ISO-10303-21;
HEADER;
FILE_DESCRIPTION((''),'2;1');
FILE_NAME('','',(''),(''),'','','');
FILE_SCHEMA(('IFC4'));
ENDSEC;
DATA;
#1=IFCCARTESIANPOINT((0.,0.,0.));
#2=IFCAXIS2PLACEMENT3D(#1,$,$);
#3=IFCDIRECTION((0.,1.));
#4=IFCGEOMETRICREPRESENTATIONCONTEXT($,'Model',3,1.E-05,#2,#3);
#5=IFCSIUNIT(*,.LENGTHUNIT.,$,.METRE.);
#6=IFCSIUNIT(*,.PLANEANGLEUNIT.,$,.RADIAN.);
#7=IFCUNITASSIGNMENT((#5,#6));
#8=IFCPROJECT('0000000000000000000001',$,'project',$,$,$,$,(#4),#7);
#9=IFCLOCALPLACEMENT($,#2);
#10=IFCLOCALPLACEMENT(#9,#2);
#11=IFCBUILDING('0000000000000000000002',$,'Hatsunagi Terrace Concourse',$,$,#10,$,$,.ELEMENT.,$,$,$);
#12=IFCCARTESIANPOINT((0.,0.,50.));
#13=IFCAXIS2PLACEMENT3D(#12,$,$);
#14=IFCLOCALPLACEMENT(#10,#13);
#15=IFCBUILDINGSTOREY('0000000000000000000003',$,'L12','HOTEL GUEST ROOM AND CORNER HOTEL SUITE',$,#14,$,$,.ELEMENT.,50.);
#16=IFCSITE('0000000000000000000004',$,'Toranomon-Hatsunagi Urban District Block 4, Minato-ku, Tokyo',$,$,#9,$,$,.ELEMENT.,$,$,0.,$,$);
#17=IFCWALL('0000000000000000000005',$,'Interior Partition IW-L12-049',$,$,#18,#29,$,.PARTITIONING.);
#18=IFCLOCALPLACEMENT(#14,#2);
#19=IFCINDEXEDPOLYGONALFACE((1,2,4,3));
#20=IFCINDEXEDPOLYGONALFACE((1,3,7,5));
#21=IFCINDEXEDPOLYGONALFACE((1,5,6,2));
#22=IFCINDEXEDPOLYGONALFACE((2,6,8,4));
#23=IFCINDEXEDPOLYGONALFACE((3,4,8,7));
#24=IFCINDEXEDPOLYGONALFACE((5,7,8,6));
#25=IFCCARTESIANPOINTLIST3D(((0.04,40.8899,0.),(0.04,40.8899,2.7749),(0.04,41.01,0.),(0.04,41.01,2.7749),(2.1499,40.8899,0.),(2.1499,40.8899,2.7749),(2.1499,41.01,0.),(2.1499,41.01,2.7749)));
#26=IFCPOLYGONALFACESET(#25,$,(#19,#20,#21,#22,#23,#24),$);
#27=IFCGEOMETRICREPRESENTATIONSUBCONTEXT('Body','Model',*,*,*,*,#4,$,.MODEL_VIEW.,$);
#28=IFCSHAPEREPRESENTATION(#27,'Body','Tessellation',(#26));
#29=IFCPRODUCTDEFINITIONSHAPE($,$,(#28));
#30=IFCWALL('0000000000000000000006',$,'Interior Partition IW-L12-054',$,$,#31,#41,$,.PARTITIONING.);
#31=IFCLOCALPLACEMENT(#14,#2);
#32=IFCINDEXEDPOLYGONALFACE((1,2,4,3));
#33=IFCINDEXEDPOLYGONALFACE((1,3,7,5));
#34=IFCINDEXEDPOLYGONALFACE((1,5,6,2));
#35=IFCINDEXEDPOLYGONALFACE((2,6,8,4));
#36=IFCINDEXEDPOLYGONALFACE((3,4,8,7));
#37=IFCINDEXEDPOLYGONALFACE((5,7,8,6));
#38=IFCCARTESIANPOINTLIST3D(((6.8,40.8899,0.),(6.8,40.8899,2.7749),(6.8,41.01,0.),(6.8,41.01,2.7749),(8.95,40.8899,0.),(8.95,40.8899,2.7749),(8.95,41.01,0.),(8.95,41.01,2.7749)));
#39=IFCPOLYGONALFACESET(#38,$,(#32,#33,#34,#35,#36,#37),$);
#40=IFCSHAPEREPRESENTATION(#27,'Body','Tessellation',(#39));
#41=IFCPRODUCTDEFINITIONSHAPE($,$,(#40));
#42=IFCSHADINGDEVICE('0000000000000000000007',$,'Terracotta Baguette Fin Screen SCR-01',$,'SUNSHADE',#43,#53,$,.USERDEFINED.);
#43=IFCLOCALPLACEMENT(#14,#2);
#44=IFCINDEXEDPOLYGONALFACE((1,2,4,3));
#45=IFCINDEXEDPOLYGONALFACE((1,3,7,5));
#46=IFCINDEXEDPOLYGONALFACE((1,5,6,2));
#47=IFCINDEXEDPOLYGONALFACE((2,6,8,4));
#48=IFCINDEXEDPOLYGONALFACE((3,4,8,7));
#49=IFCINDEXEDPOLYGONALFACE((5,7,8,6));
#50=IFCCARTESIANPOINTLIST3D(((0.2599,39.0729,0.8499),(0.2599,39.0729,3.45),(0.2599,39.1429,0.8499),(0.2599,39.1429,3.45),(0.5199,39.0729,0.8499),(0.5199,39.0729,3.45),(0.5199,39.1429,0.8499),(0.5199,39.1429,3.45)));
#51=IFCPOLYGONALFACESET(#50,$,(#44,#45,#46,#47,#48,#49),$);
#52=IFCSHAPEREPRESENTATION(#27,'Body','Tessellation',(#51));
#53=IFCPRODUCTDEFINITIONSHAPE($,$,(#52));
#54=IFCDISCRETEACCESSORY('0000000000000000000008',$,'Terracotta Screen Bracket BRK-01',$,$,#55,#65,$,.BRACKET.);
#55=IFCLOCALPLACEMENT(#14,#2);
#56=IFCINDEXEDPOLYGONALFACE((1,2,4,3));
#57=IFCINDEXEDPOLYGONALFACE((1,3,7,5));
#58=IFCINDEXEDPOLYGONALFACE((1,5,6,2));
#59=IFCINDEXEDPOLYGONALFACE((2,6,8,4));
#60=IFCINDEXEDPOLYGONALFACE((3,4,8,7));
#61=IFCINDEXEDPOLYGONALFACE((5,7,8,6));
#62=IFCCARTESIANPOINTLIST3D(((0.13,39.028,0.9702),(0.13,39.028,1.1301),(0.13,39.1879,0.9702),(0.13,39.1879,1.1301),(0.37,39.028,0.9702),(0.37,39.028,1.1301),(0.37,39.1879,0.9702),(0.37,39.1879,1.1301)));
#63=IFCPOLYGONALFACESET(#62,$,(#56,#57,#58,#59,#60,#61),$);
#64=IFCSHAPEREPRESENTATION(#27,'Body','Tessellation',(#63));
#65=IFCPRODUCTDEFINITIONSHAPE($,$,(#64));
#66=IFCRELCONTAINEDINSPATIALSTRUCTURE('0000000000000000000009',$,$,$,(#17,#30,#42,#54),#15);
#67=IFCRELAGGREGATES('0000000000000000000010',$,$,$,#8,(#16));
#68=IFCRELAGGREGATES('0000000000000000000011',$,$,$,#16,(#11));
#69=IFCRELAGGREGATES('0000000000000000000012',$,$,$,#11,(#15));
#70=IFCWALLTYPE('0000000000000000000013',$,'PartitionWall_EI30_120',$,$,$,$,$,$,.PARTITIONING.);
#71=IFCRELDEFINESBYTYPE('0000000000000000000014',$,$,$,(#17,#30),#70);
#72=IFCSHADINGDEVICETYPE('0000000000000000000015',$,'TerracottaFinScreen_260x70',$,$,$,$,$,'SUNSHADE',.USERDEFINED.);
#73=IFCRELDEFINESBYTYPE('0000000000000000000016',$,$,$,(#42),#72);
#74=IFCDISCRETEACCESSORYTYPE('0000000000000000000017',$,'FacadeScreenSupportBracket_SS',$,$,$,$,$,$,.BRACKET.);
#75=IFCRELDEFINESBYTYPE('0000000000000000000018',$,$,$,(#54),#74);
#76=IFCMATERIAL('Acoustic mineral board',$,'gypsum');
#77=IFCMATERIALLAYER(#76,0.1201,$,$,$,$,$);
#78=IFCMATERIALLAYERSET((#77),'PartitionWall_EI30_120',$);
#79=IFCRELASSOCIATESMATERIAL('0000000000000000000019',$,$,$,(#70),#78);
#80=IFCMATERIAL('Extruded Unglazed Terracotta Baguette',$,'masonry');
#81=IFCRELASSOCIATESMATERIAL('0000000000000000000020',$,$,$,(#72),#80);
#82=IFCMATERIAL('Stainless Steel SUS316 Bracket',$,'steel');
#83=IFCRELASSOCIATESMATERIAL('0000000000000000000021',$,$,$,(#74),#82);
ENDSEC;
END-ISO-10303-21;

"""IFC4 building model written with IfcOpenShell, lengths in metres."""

from ifc_helpers import new_model, si_unit, direction, frame, frame_2d, origin, origin_2d, place, context, subcontext, project, spatial, rectangle, extrude, material, layer, layer_set, type_object, element, save


model = new_model("IFC4")

# Units and contexts
model_context = context("Model", 3, precision=1e-05, world=origin(), true_north=direction((0.0, 1.0)))
body_context = subcontext(model_context, "Body", "Model", "MODEL_VIEW")
ifc_project = project(units=[si_unit("LENGTHUNIT", "METRE"), si_unit("PLANEANGLEUNIT", "RADIAN")], contexts=[model_context])

# Site, building, storey
site_placement = place(None, origin())
site = spatial("IfcSite", under=ifc_project, at=site_placement, Name="Toranomon-Hatsunagi Urban District Block 4, Minato-ku, Tokyo", CompositionType="ELEMENT", RefElevation=0.0)
building_placement = place(site_placement, origin())
building = spatial("IfcBuilding", under=site, at=building_placement, Name="Hatsunagi Terrace Concourse", CompositionType="ELEMENT")
storey_placement = place(building_placement, frame((0.0, 0.0, 50.0)))
storey = spatial("IfcBuildingStorey", under=building, at=storey_placement, Name="L12", Description="HOTEL GUEST ROOM AND CORNER HOTEL SUITE", CompositionType="ELEMENT", Elevation=50.0)

# Walls
ifc_material_1 = material(Name="Acoustic mineral board", Category="gypsum")
ifc_layer_1 = layer(ifc_material_1, 0.1201)
ifc_layer_set_1 = layer_set([ifc_layer_1], Name="PartitionWall_EI30_120")
wall_type = type_object("IfcWallType", Name="PartitionWall_EI30_120", PredefinedType="PARTITIONING", material=ifc_layer_set_1)
wall_1_placement = place(storey_placement, frame((0.04, 40.95, 0.0), z_axis=(0.0, 0.0, 1.0), x_axis=(1.0, 0.0, 0.0)))
element("IfcWall", 1, at=wall_1_placement, inside=storey, type_object=wall_type, Name="Interior Partition IW-L12-049", PredefinedType="PARTITIONING", context=body_context, shape_type="SweptSolid", body=[
    extrude(rectangle(XDim=2.1099, YDim=0.1201, at=frame_2d((1.0549, 0.0))), origin(), (0.0, 0.0, 1.0), 2.7749),
])
wall_2_placement = place(storey_placement, frame((6.8, 40.95, 0.0), z_axis=(0.0, 0.0, 1.0), x_axis=(1.0, 0.0, 0.0)))
element("IfcWall", 2, at=wall_2_placement, inside=storey, type_object=wall_type, Name="Interior Partition IW-L12-054", PredefinedType="PARTITIONING", context=body_context, shape_type="SweptSolid", body=[
    extrude(rectangle(XDim=2.1499, YDim=0.1201, at=frame_2d((1.075, 0.0))), origin(), (0.0, 0.0, 1.0), 2.7749),
])

# Shading device
ifc_material_2 = material(Name="Extruded Unglazed Terracotta Baguette", Category="masonry")
shading_device_type = type_object("IfcShadingDeviceType", Name="TerracottaFinScreen_260x70", ElementType="SUNSHADE", PredefinedType="USERDEFINED", material=ifc_material_2)
shading_device_placement = place(storey_placement, frame((0.3899, 39.1079, 0.8499), z_axis=(0.0, 0.0, 1.0), x_axis=(0.0, 1.0, 0.0)))
element("IfcShadingDevice", 3, at=shading_device_placement, inside=storey, type_object=shading_device_type, Name="Terracotta Baguette Fin Screen SCR-01", ObjectType="SUNSHADE", PredefinedType="USERDEFINED", context=body_context, shape_type="SweptSolid", body=[
    extrude(rectangle(XDim=0.0701, YDim=0.26, at=origin_2d()), origin(), (0.0, 0.0, 1.0), 2.6001),
])

# Discrete accessory
ifc_material_3 = material(Name="Stainless Steel SUS316 Bracket", Category="steel")
discrete_accessory_type = type_object("IfcDiscreteAccessoryType", Name="FacadeScreenSupportBracket_SS", PredefinedType="BRACKET", material=ifc_material_3)
discrete_accessory_placement = place(storey_placement, frame((0.25, 39.1079, 0.9702), z_axis=(0.0, 0.0, 1.0), x_axis=(0.0, 1.0, 0.0)))
element("IfcDiscreteAccessory", 4, at=discrete_accessory_placement, inside=storey, type_object=discrete_accessory_type, Name="Terracotta Screen Bracket BRK-01", PredefinedType="BRACKET", context=body_context, shape_type="SweptSolid", body=[
    extrude(rectangle(XDim=0.1599, YDim=0.24, at=origin_2d()), origin(), (0.0, 0.0, 1.0), 0.1599),
])

save(model, "model.ifc")
